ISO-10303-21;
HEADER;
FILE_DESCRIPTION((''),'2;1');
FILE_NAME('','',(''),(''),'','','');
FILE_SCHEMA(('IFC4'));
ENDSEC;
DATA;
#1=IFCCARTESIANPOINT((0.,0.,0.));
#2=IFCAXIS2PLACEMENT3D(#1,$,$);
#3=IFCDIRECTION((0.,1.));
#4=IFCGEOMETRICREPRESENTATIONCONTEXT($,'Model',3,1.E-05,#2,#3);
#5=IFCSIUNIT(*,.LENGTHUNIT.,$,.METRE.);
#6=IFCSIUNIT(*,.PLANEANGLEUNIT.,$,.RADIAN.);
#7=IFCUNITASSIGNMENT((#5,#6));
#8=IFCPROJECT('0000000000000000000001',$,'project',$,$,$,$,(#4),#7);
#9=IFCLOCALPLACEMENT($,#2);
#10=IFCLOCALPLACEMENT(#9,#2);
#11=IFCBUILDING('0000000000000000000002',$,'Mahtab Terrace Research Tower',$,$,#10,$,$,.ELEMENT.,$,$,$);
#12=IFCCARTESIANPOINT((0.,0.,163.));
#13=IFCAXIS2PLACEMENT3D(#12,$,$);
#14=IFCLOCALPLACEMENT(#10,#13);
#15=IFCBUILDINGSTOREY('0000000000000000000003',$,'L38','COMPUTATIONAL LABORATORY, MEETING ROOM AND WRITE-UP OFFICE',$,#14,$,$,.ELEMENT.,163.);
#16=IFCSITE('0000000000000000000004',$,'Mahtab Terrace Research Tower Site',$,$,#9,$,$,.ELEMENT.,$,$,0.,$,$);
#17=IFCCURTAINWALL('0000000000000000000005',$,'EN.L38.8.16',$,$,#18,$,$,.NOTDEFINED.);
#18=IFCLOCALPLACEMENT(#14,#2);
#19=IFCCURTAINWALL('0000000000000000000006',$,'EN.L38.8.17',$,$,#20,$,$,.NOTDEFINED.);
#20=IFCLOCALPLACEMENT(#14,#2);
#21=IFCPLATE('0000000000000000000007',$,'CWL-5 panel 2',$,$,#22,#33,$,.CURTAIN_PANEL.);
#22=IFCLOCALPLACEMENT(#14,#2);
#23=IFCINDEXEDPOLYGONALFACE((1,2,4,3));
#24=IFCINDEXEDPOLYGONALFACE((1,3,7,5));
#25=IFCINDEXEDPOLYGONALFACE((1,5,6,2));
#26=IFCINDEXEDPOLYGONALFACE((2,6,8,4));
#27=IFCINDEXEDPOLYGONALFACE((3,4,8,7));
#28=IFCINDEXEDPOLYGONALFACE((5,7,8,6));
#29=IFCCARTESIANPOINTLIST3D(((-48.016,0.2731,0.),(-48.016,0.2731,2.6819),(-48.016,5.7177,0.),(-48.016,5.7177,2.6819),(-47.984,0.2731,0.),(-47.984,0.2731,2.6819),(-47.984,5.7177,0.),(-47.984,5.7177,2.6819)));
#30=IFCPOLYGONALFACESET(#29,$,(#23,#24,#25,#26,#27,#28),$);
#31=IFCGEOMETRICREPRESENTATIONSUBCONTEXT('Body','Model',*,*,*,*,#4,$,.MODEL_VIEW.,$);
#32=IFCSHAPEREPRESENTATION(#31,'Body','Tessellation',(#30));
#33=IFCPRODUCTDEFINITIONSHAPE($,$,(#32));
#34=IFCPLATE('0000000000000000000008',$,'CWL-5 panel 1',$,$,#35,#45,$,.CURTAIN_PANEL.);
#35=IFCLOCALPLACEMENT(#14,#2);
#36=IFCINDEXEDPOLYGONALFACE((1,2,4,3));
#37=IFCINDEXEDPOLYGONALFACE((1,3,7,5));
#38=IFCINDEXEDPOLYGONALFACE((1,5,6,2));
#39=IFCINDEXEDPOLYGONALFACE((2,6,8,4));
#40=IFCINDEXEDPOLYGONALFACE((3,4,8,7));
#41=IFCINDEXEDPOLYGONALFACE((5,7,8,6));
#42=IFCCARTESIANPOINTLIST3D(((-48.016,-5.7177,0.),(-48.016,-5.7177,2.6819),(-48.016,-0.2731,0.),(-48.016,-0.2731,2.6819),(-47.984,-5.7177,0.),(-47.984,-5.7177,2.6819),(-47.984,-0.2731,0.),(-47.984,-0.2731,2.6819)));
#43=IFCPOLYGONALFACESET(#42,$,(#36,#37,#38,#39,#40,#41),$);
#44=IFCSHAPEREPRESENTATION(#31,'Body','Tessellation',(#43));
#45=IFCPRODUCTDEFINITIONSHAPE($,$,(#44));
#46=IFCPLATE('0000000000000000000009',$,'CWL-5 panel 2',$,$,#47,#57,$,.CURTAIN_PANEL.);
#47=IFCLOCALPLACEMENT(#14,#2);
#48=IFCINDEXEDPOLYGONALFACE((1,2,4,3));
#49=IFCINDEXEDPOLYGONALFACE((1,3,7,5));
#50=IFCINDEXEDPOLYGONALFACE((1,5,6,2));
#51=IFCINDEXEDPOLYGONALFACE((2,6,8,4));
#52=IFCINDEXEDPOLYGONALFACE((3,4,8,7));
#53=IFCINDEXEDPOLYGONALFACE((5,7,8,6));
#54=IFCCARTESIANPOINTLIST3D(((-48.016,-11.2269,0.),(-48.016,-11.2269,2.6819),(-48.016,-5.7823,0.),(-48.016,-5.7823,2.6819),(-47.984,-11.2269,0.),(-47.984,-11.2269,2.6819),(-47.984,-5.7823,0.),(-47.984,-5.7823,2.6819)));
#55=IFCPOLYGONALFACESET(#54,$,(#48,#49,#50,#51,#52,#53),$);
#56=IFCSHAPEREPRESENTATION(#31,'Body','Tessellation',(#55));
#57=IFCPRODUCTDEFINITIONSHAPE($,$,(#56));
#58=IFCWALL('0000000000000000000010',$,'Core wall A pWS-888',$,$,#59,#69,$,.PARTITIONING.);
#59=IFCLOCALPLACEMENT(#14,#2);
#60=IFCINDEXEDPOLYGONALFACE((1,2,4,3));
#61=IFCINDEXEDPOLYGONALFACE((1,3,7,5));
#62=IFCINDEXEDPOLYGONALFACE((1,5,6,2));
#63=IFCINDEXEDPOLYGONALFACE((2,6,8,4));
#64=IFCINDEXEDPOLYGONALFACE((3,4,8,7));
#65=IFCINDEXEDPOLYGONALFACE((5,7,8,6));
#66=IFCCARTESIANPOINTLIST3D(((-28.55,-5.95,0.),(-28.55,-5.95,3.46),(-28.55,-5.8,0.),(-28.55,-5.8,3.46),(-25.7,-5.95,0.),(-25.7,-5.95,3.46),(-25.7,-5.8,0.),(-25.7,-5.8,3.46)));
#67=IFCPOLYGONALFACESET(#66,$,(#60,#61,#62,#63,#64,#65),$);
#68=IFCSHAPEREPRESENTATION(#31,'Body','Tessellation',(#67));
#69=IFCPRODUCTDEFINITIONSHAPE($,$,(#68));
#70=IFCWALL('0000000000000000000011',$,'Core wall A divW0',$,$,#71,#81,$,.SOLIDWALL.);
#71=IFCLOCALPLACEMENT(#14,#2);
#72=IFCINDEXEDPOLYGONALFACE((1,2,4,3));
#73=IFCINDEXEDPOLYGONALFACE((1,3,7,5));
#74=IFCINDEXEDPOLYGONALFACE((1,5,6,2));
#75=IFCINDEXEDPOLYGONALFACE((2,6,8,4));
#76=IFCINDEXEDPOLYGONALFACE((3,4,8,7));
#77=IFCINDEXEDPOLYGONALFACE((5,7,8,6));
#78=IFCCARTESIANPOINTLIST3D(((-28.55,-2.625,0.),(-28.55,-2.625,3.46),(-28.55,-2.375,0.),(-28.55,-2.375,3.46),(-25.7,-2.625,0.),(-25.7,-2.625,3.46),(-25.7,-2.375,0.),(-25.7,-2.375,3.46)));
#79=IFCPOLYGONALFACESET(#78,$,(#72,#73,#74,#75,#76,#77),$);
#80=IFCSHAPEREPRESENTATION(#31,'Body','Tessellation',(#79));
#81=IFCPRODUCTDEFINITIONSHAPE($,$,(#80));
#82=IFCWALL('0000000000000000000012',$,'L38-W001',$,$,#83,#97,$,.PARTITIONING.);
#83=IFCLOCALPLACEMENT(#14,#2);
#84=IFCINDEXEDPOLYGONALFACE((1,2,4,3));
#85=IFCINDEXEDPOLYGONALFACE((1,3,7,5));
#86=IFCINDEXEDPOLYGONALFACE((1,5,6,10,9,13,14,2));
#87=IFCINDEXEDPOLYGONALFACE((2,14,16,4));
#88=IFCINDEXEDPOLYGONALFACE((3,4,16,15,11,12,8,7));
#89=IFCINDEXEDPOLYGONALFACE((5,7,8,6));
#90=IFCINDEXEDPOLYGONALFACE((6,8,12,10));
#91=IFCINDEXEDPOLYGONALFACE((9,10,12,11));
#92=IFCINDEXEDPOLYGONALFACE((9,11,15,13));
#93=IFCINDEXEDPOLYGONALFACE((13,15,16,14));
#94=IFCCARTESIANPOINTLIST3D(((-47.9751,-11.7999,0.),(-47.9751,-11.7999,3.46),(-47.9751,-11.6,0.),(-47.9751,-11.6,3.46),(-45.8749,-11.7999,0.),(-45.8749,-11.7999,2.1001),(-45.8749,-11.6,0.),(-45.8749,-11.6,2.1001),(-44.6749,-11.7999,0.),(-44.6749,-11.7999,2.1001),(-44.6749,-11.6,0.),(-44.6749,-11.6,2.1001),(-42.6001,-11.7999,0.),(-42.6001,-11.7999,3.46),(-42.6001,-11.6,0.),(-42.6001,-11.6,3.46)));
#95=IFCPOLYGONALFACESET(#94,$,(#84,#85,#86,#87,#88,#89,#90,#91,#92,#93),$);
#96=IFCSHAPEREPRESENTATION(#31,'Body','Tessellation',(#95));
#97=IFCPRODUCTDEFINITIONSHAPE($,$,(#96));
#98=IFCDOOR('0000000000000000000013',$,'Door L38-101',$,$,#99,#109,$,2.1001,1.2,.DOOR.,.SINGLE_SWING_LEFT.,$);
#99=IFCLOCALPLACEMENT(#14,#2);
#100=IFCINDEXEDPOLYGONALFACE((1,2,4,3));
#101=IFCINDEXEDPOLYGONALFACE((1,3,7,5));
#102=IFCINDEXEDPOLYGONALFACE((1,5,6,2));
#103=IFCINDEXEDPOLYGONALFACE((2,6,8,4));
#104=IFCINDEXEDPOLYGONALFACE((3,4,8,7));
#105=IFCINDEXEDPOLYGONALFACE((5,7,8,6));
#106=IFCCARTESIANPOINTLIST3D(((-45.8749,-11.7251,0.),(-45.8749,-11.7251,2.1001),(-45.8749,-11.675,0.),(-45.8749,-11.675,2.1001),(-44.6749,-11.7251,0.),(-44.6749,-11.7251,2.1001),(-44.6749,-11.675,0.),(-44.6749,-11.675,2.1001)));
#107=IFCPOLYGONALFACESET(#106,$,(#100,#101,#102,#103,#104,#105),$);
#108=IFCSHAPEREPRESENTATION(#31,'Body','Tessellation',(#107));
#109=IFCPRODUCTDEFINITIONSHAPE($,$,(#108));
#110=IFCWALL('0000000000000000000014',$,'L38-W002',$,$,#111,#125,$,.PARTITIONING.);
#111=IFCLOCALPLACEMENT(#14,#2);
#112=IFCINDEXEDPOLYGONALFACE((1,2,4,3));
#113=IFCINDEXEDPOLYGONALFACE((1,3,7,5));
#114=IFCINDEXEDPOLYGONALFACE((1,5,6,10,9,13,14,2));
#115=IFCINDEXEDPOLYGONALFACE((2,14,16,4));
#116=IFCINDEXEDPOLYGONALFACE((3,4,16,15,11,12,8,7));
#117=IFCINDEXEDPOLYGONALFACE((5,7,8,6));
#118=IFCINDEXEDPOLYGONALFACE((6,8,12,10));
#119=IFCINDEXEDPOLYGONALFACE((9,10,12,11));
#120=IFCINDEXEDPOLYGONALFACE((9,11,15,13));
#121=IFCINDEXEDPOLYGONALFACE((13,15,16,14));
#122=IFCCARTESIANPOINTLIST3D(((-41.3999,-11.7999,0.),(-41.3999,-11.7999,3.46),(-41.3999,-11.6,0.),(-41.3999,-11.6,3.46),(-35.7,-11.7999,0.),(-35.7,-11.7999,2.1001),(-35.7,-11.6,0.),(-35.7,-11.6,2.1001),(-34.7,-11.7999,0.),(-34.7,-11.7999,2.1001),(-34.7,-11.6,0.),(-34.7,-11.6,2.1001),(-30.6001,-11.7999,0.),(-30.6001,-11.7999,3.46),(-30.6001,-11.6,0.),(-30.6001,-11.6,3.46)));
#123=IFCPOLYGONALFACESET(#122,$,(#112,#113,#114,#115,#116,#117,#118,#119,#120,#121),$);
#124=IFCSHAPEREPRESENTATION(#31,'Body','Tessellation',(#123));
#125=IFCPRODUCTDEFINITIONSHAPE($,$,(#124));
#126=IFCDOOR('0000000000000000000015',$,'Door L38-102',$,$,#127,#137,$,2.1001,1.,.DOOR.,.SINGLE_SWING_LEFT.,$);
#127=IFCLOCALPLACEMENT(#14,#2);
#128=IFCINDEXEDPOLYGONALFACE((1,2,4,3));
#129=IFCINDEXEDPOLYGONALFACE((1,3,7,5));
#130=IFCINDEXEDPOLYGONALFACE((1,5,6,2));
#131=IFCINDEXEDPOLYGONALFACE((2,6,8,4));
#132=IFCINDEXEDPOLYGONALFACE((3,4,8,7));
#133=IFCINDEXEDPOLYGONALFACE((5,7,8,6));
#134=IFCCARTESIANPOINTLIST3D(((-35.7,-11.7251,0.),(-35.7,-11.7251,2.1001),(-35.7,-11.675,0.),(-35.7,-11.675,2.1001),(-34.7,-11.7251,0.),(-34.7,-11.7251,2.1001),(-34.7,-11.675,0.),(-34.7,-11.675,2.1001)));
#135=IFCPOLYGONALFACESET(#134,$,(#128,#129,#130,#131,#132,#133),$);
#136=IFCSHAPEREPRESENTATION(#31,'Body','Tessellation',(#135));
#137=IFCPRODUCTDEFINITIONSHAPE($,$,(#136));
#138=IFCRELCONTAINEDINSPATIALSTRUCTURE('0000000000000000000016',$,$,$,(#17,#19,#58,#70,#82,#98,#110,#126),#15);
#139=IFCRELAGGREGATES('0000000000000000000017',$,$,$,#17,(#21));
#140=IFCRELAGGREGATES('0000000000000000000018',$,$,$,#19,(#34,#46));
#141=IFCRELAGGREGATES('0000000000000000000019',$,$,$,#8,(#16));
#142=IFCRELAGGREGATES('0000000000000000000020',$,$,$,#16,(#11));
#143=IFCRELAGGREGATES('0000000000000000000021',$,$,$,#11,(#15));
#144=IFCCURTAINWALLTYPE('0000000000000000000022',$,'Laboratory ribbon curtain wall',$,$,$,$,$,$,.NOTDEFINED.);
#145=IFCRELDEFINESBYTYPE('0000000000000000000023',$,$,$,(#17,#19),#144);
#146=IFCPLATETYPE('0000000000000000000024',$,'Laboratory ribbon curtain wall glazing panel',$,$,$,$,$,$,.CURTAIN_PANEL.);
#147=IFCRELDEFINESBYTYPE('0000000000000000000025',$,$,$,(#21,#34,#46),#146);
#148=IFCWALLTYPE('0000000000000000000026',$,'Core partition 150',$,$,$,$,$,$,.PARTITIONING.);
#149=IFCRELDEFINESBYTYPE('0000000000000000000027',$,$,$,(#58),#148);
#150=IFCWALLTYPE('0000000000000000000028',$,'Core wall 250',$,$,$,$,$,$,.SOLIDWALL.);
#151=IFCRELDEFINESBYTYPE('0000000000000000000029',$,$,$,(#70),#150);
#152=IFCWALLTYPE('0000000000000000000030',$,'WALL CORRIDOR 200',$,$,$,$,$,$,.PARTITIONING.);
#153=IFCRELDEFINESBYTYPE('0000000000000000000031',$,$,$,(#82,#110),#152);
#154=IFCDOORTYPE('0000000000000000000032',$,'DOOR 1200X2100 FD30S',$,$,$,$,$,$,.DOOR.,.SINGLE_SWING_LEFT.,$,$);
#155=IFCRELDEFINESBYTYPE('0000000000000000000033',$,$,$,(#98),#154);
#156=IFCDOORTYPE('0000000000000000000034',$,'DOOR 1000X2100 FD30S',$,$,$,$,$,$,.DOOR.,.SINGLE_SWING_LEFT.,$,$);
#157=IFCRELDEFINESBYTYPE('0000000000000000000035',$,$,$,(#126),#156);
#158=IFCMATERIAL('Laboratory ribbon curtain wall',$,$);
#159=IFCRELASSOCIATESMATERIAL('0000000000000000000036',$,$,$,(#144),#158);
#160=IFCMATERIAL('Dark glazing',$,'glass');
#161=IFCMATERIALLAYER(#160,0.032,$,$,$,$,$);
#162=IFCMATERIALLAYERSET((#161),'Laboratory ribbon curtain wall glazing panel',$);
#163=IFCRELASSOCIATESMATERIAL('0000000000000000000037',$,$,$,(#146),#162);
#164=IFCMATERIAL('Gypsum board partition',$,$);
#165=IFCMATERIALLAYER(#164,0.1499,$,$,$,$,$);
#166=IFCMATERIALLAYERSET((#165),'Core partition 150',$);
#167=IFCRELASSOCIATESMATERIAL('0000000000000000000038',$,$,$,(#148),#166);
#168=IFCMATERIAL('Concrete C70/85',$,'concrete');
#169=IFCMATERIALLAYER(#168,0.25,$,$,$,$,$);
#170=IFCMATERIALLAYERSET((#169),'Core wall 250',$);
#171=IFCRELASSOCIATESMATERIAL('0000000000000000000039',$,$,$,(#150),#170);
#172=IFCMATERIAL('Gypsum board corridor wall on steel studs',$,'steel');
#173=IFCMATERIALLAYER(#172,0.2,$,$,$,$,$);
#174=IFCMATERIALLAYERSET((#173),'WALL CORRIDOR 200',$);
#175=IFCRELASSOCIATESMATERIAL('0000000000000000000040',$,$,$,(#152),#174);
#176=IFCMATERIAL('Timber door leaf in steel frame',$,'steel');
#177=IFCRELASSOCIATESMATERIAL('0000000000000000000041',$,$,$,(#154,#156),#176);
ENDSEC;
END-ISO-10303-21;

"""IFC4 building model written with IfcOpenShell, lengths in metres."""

from ifc_helpers import new_model, si_unit, direction, frame, frame_2d, origin, origin_2d, place, context, subcontext, project, spatial, rectangle, extrude, material, layer, layer_set, type_object, element, fill, aggregate, save


model = new_model("IFC4")

# Units and contexts
model_context = context("Model", 3, precision=1e-05, world=origin(), true_north=direction((0.0, 1.0)))
body_context = subcontext(model_context, "Body", "Model", "MODEL_VIEW")
ifc_project = project(units=[si_unit("LENGTHUNIT", "METRE"), si_unit("PLANEANGLEUNIT", "RADIAN")], contexts=[model_context])

# Site, building, storey
site_placement = place(None, origin())
site = spatial("IfcSite", under=ifc_project, at=site_placement, Name="Mahtab Terrace Research Tower Site", CompositionType="ELEMENT", RefElevation=0.0)
building_placement = place(site_placement, origin())
building = spatial("IfcBuilding", under=site, at=building_placement, Name="Mahtab Terrace Research Tower", CompositionType="ELEMENT")
storey_placement = place(building_placement, frame((0.0, 0.0, 163.0)))
storey = spatial("IfcBuildingStorey", under=building, at=storey_placement, Name="L38", Description="COMPUTATIONAL LABORATORY, MEETING ROOM AND WRITE-UP OFFICE", CompositionType="ELEMENT", Elevation=163.0)

# Shared definitions
ifc_material_1 = material(Name="Concrete C70/85", Category="concrete")

# Curtain wall
ifc_material_2 = material(Name="Laboratory ribbon curtain wall")
curtain_wall_type = type_object("IfcCurtainWallType", Name="Laboratory ribbon curtain wall", PredefinedType="NOTDEFINED", material=ifc_material_2)
curtain_wall_1_placement = place(storey_placement, origin())
curtain_wall_1 = element("IfcCurtainWall", 1, at=curtain_wall_1_placement, inside=storey, type_object=curtain_wall_type, Name="EN.L38.8.16", PredefinedType="NOTDEFINED")

# Curtain wall
curtain_wall_2_placement = place(storey_placement, origin())
curtain_wall_2 = element("IfcCurtainWall", 2, at=curtain_wall_2_placement, inside=storey, type_object=curtain_wall_type, Name="EN.L38.8.17", PredefinedType="NOTDEFINED")

# Plates
ifc_material_3 = material(Name="Dark glazing", Category="glass")
ifc_layer_1 = layer(ifc_material_3, 0.032)
ifc_layer_set_1 = layer_set([ifc_layer_1], Name="Laboratory ribbon curtain wall glazing panel")
plate_type = type_object("IfcPlateType", Name="Laboratory ribbon curtain wall glazing panel", PredefinedType="CURTAIN_PANEL", material=ifc_layer_set_1)
plate_1_placement = place(storey_placement, frame((-48.0, 2.9954, 0.0), z_axis=(0.0, 0.0, 1.0), x_axis=(0.0, -1.0, 0.0)))
plate_1 = element("IfcPlate", 3, at=plate_1_placement, type_object=plate_type, Name="CWL-5 panel 2", PredefinedType="CURTAIN_PANEL", context=body_context, shape_type="SweptSolid", body=[
    extrude(rectangle(XDim=5.4446, YDim=0.032, at=origin_2d()), origin(), (0.0, 0.0, 1.0), 2.6819),
])
aggregate(curtain_wall_1, [plate_1])
plate_2_placement = place(storey_placement, frame((-48.0, -2.9954, 0.0), z_axis=(0.0, 0.0, 1.0), x_axis=(0.0, -1.0, 0.0)))
plate_2 = element("IfcPlate", 4, at=plate_2_placement, type_object=plate_type, Name="CWL-5 panel 1", PredefinedType="CURTAIN_PANEL", context=body_context, shape_type="SweptSolid", body=[
    extrude(rectangle(XDim=5.4446, YDim=0.032, at=origin_2d()), origin(), (0.0, 0.0, 1.0), 2.6819),
])
plate_3_placement = place(storey_placement, frame((-48.0, -8.5046, 0.0), z_axis=(0.0, 0.0, 1.0), x_axis=(0.0, -1.0, 0.0)))
plate_3 = element("IfcPlate", 5, at=plate_3_placement, type_object=plate_type, Name="CWL-5 panel 2", PredefinedType="CURTAIN_PANEL", context=body_context, shape_type="SweptSolid", body=[
    extrude(rectangle(XDim=5.4446, YDim=0.032, at=origin_2d()), origin(), (0.0, 0.0, 1.0), 2.6819),
])
aggregate(curtain_wall_2, [plate_2, plate_3])

# Walls
ifc_material_4 = material(Name="Gypsum board partition")
ifc_layer_2 = layer(ifc_material_4, 0.1499)
ifc_layer_set_2 = layer_set([ifc_layer_2], Name="Core partition 150")
wall_type_1 = type_object("IfcWallType", Name="Core partition 150", PredefinedType="PARTITIONING", material=ifc_layer_set_2)
wall_1_placement = place(storey_placement, frame((-28.55, -5.875, 0.0), z_axis=(0.0, 0.0, 1.0), x_axis=(1.0, 0.0, 0.0)))
element("IfcWall", 6, at=wall_1_placement, inside=storey, type_object=wall_type_1, Name="Core wall A pWS-888", PredefinedType="PARTITIONING", context=body_context, shape_type="SweptSolid", body=[
    extrude(rectangle(XDim=2.8501, YDim=0.1499, at=frame_2d((1.425, 0.0))), origin(), (0.0, 0.0, 1.0), 3.46),
])
ifc_layer_3 = layer(ifc_material_1, 0.25)
ifc_layer_set_3 = layer_set([ifc_layer_3], Name="Core wall 250")
wall_type_2 = type_object("IfcWallType", Name="Core wall 250", PredefinedType="SOLIDWALL", material=ifc_layer_set_3)
wall_2_placement = place(storey_placement, frame((-28.55, -2.5, 0.0), z_axis=(0.0, 0.0, 1.0), x_axis=(1.0, 0.0, 0.0)))
element("IfcWall", 7, at=wall_2_placement, inside=storey, type_object=wall_type_2, Name="Core wall A divW0", PredefinedType="SOLIDWALL", context=body_context, shape_type="SweptSolid", body=[
    extrude(rectangle(XDim=2.8501, YDim=0.25, at=frame_2d((1.425, 0.0))), origin(), (0.0, 0.0, 1.0), 3.46),
])

# Walls, openings, doors
ifc_material_5 = material(Name="Gypsum board corridor wall on steel studs", Category="steel")
ifc_layer_4 = layer(ifc_material_5, 0.2)
ifc_layer_set_4 = layer_set([ifc_layer_4], Name="WALL CORRIDOR 200")
wall_type_3 = type_object("IfcWallType", Name="WALL CORRIDOR 200", PredefinedType="PARTITIONING", material=ifc_layer_set_4)
wall_3_placement = place(storey_placement, frame((-47.9751, -11.7, 0.0), z_axis=(0.0, 0.0, 1.0), x_axis=(1.0, 0.0, 0.0)))
wall_3 = element("IfcWall", 8, at=wall_3_placement, inside=storey, type_object=wall_type_3, Name="L38-W001", PredefinedType="PARTITIONING", context=body_context, shape_type="SweptSolid", body=[
    extrude(rectangle(XDim=5.375, YDim=0.2, at=frame_2d((2.6875, 0.0))), origin(), (0.0, 0.0, 1.0), 3.46),
])
opening_1_placement = place(wall_3_placement, frame((2.1001, 0.0, 0.0)))
opening_1 = element("IfcOpeningElement", 9, at=opening_1_placement, cuts=wall_3, PredefinedType="OPENING", context=body_context, shape_type="SweptSolid", body=[
    extrude(rectangle(XDim=1.2, YDim=2.1001, at=frame_2d((0.6001, 1.05))), frame((0.0, 0.1099, 0.0), z_axis=(0.0, -1.0, 0.0), x_axis=(1.0, 0.0, 0.0)), (0.0, 0.0, 1.0), 0.22),
])
ifc_material_6 = material(Name="Timber door leaf in steel frame", Category="steel")
door_type_1 = type_object("IfcDoorType", Name="DOOR 1200X2100 FD30S", OperationType="SINGLE_SWING_LEFT", PredefinedType="DOOR", material=ifc_material_6)
door_1_placement = place(opening_1_placement, origin())
door_1 = element("IfcDoor", 10, at=door_1_placement, inside=storey, type_object=door_type_1, Name="Door L38-101", OperationType="SINGLE_SWING_LEFT", OverallHeight=2.1001, OverallWidth=1.2, PredefinedType="DOOR", context=body_context, shape_type="SweptSolid", body=[
    extrude(rectangle(XDim=1.2, YDim=2.1001, at=frame_2d((0.6001, 1.05))), frame((0.0, 0.0249, 0.0), z_axis=(0.0, -1.0, 0.0), x_axis=(1.0, 0.0, 0.0)), (0.0, 0.0, 1.0), 0.05),
])
fill(opening_1, door_1)
wall_4_placement = place(storey_placement, frame((-41.3999, -11.7, 0.0), z_axis=(0.0, 0.0, 1.0), x_axis=(1.0, 0.0, 0.0)))
wall_4 = element("IfcWall", 11, at=wall_4_placement, inside=storey, type_object=wall_type_3, Name="L38-W002", PredefinedType="PARTITIONING", context=body_context, shape_type="SweptSolid", body=[
    extrude(rectangle(XDim=10.7998, YDim=0.2, at=frame_2d((5.3999, 0.0))), origin(), (0.0, 0.0, 1.0), 3.46),
])
opening_2_placement = place(wall_4_placement, frame((5.7, 0.0, 0.0)))
opening_2 = element("IfcOpeningElement", 12, at=opening_2_placement, cuts=wall_4, PredefinedType="OPENING", context=body_context, shape_type="SweptSolid", body=[
    extrude(rectangle(XDim=1.0, YDim=2.1001, at=frame_2d((0.5, 1.05))), frame((0.0, 0.1099, 0.0), z_axis=(0.0, -1.0, 0.0), x_axis=(1.0, 0.0, 0.0)), (0.0, 0.0, 1.0), 0.22),
])
door_type_2 = type_object("IfcDoorType", Name="DOOR 1000X2100 FD30S", OperationType="SINGLE_SWING_LEFT", PredefinedType="DOOR", material=ifc_material_6)
door_2_placement = place(opening_2_placement, origin())
door_2 = element("IfcDoor", 13, at=door_2_placement, inside=storey, type_object=door_type_2, Name="Door L38-102", OperationType="SINGLE_SWING_LEFT", OverallHeight=2.1001, OverallWidth=1.0, PredefinedType="DOOR", context=body_context, shape_type="SweptSolid", body=[
    extrude(rectangle(XDim=1.0, YDim=2.1001, at=frame_2d((0.5, 1.05))), frame((0.0, 0.0249, 0.0), z_axis=(0.0, -1.0, 0.0), x_axis=(1.0, 0.0, 0.0)), (0.0, 0.0, 1.0), 0.05),
])
fill(opening_2, door_2)

save(model, "model.ifc")
